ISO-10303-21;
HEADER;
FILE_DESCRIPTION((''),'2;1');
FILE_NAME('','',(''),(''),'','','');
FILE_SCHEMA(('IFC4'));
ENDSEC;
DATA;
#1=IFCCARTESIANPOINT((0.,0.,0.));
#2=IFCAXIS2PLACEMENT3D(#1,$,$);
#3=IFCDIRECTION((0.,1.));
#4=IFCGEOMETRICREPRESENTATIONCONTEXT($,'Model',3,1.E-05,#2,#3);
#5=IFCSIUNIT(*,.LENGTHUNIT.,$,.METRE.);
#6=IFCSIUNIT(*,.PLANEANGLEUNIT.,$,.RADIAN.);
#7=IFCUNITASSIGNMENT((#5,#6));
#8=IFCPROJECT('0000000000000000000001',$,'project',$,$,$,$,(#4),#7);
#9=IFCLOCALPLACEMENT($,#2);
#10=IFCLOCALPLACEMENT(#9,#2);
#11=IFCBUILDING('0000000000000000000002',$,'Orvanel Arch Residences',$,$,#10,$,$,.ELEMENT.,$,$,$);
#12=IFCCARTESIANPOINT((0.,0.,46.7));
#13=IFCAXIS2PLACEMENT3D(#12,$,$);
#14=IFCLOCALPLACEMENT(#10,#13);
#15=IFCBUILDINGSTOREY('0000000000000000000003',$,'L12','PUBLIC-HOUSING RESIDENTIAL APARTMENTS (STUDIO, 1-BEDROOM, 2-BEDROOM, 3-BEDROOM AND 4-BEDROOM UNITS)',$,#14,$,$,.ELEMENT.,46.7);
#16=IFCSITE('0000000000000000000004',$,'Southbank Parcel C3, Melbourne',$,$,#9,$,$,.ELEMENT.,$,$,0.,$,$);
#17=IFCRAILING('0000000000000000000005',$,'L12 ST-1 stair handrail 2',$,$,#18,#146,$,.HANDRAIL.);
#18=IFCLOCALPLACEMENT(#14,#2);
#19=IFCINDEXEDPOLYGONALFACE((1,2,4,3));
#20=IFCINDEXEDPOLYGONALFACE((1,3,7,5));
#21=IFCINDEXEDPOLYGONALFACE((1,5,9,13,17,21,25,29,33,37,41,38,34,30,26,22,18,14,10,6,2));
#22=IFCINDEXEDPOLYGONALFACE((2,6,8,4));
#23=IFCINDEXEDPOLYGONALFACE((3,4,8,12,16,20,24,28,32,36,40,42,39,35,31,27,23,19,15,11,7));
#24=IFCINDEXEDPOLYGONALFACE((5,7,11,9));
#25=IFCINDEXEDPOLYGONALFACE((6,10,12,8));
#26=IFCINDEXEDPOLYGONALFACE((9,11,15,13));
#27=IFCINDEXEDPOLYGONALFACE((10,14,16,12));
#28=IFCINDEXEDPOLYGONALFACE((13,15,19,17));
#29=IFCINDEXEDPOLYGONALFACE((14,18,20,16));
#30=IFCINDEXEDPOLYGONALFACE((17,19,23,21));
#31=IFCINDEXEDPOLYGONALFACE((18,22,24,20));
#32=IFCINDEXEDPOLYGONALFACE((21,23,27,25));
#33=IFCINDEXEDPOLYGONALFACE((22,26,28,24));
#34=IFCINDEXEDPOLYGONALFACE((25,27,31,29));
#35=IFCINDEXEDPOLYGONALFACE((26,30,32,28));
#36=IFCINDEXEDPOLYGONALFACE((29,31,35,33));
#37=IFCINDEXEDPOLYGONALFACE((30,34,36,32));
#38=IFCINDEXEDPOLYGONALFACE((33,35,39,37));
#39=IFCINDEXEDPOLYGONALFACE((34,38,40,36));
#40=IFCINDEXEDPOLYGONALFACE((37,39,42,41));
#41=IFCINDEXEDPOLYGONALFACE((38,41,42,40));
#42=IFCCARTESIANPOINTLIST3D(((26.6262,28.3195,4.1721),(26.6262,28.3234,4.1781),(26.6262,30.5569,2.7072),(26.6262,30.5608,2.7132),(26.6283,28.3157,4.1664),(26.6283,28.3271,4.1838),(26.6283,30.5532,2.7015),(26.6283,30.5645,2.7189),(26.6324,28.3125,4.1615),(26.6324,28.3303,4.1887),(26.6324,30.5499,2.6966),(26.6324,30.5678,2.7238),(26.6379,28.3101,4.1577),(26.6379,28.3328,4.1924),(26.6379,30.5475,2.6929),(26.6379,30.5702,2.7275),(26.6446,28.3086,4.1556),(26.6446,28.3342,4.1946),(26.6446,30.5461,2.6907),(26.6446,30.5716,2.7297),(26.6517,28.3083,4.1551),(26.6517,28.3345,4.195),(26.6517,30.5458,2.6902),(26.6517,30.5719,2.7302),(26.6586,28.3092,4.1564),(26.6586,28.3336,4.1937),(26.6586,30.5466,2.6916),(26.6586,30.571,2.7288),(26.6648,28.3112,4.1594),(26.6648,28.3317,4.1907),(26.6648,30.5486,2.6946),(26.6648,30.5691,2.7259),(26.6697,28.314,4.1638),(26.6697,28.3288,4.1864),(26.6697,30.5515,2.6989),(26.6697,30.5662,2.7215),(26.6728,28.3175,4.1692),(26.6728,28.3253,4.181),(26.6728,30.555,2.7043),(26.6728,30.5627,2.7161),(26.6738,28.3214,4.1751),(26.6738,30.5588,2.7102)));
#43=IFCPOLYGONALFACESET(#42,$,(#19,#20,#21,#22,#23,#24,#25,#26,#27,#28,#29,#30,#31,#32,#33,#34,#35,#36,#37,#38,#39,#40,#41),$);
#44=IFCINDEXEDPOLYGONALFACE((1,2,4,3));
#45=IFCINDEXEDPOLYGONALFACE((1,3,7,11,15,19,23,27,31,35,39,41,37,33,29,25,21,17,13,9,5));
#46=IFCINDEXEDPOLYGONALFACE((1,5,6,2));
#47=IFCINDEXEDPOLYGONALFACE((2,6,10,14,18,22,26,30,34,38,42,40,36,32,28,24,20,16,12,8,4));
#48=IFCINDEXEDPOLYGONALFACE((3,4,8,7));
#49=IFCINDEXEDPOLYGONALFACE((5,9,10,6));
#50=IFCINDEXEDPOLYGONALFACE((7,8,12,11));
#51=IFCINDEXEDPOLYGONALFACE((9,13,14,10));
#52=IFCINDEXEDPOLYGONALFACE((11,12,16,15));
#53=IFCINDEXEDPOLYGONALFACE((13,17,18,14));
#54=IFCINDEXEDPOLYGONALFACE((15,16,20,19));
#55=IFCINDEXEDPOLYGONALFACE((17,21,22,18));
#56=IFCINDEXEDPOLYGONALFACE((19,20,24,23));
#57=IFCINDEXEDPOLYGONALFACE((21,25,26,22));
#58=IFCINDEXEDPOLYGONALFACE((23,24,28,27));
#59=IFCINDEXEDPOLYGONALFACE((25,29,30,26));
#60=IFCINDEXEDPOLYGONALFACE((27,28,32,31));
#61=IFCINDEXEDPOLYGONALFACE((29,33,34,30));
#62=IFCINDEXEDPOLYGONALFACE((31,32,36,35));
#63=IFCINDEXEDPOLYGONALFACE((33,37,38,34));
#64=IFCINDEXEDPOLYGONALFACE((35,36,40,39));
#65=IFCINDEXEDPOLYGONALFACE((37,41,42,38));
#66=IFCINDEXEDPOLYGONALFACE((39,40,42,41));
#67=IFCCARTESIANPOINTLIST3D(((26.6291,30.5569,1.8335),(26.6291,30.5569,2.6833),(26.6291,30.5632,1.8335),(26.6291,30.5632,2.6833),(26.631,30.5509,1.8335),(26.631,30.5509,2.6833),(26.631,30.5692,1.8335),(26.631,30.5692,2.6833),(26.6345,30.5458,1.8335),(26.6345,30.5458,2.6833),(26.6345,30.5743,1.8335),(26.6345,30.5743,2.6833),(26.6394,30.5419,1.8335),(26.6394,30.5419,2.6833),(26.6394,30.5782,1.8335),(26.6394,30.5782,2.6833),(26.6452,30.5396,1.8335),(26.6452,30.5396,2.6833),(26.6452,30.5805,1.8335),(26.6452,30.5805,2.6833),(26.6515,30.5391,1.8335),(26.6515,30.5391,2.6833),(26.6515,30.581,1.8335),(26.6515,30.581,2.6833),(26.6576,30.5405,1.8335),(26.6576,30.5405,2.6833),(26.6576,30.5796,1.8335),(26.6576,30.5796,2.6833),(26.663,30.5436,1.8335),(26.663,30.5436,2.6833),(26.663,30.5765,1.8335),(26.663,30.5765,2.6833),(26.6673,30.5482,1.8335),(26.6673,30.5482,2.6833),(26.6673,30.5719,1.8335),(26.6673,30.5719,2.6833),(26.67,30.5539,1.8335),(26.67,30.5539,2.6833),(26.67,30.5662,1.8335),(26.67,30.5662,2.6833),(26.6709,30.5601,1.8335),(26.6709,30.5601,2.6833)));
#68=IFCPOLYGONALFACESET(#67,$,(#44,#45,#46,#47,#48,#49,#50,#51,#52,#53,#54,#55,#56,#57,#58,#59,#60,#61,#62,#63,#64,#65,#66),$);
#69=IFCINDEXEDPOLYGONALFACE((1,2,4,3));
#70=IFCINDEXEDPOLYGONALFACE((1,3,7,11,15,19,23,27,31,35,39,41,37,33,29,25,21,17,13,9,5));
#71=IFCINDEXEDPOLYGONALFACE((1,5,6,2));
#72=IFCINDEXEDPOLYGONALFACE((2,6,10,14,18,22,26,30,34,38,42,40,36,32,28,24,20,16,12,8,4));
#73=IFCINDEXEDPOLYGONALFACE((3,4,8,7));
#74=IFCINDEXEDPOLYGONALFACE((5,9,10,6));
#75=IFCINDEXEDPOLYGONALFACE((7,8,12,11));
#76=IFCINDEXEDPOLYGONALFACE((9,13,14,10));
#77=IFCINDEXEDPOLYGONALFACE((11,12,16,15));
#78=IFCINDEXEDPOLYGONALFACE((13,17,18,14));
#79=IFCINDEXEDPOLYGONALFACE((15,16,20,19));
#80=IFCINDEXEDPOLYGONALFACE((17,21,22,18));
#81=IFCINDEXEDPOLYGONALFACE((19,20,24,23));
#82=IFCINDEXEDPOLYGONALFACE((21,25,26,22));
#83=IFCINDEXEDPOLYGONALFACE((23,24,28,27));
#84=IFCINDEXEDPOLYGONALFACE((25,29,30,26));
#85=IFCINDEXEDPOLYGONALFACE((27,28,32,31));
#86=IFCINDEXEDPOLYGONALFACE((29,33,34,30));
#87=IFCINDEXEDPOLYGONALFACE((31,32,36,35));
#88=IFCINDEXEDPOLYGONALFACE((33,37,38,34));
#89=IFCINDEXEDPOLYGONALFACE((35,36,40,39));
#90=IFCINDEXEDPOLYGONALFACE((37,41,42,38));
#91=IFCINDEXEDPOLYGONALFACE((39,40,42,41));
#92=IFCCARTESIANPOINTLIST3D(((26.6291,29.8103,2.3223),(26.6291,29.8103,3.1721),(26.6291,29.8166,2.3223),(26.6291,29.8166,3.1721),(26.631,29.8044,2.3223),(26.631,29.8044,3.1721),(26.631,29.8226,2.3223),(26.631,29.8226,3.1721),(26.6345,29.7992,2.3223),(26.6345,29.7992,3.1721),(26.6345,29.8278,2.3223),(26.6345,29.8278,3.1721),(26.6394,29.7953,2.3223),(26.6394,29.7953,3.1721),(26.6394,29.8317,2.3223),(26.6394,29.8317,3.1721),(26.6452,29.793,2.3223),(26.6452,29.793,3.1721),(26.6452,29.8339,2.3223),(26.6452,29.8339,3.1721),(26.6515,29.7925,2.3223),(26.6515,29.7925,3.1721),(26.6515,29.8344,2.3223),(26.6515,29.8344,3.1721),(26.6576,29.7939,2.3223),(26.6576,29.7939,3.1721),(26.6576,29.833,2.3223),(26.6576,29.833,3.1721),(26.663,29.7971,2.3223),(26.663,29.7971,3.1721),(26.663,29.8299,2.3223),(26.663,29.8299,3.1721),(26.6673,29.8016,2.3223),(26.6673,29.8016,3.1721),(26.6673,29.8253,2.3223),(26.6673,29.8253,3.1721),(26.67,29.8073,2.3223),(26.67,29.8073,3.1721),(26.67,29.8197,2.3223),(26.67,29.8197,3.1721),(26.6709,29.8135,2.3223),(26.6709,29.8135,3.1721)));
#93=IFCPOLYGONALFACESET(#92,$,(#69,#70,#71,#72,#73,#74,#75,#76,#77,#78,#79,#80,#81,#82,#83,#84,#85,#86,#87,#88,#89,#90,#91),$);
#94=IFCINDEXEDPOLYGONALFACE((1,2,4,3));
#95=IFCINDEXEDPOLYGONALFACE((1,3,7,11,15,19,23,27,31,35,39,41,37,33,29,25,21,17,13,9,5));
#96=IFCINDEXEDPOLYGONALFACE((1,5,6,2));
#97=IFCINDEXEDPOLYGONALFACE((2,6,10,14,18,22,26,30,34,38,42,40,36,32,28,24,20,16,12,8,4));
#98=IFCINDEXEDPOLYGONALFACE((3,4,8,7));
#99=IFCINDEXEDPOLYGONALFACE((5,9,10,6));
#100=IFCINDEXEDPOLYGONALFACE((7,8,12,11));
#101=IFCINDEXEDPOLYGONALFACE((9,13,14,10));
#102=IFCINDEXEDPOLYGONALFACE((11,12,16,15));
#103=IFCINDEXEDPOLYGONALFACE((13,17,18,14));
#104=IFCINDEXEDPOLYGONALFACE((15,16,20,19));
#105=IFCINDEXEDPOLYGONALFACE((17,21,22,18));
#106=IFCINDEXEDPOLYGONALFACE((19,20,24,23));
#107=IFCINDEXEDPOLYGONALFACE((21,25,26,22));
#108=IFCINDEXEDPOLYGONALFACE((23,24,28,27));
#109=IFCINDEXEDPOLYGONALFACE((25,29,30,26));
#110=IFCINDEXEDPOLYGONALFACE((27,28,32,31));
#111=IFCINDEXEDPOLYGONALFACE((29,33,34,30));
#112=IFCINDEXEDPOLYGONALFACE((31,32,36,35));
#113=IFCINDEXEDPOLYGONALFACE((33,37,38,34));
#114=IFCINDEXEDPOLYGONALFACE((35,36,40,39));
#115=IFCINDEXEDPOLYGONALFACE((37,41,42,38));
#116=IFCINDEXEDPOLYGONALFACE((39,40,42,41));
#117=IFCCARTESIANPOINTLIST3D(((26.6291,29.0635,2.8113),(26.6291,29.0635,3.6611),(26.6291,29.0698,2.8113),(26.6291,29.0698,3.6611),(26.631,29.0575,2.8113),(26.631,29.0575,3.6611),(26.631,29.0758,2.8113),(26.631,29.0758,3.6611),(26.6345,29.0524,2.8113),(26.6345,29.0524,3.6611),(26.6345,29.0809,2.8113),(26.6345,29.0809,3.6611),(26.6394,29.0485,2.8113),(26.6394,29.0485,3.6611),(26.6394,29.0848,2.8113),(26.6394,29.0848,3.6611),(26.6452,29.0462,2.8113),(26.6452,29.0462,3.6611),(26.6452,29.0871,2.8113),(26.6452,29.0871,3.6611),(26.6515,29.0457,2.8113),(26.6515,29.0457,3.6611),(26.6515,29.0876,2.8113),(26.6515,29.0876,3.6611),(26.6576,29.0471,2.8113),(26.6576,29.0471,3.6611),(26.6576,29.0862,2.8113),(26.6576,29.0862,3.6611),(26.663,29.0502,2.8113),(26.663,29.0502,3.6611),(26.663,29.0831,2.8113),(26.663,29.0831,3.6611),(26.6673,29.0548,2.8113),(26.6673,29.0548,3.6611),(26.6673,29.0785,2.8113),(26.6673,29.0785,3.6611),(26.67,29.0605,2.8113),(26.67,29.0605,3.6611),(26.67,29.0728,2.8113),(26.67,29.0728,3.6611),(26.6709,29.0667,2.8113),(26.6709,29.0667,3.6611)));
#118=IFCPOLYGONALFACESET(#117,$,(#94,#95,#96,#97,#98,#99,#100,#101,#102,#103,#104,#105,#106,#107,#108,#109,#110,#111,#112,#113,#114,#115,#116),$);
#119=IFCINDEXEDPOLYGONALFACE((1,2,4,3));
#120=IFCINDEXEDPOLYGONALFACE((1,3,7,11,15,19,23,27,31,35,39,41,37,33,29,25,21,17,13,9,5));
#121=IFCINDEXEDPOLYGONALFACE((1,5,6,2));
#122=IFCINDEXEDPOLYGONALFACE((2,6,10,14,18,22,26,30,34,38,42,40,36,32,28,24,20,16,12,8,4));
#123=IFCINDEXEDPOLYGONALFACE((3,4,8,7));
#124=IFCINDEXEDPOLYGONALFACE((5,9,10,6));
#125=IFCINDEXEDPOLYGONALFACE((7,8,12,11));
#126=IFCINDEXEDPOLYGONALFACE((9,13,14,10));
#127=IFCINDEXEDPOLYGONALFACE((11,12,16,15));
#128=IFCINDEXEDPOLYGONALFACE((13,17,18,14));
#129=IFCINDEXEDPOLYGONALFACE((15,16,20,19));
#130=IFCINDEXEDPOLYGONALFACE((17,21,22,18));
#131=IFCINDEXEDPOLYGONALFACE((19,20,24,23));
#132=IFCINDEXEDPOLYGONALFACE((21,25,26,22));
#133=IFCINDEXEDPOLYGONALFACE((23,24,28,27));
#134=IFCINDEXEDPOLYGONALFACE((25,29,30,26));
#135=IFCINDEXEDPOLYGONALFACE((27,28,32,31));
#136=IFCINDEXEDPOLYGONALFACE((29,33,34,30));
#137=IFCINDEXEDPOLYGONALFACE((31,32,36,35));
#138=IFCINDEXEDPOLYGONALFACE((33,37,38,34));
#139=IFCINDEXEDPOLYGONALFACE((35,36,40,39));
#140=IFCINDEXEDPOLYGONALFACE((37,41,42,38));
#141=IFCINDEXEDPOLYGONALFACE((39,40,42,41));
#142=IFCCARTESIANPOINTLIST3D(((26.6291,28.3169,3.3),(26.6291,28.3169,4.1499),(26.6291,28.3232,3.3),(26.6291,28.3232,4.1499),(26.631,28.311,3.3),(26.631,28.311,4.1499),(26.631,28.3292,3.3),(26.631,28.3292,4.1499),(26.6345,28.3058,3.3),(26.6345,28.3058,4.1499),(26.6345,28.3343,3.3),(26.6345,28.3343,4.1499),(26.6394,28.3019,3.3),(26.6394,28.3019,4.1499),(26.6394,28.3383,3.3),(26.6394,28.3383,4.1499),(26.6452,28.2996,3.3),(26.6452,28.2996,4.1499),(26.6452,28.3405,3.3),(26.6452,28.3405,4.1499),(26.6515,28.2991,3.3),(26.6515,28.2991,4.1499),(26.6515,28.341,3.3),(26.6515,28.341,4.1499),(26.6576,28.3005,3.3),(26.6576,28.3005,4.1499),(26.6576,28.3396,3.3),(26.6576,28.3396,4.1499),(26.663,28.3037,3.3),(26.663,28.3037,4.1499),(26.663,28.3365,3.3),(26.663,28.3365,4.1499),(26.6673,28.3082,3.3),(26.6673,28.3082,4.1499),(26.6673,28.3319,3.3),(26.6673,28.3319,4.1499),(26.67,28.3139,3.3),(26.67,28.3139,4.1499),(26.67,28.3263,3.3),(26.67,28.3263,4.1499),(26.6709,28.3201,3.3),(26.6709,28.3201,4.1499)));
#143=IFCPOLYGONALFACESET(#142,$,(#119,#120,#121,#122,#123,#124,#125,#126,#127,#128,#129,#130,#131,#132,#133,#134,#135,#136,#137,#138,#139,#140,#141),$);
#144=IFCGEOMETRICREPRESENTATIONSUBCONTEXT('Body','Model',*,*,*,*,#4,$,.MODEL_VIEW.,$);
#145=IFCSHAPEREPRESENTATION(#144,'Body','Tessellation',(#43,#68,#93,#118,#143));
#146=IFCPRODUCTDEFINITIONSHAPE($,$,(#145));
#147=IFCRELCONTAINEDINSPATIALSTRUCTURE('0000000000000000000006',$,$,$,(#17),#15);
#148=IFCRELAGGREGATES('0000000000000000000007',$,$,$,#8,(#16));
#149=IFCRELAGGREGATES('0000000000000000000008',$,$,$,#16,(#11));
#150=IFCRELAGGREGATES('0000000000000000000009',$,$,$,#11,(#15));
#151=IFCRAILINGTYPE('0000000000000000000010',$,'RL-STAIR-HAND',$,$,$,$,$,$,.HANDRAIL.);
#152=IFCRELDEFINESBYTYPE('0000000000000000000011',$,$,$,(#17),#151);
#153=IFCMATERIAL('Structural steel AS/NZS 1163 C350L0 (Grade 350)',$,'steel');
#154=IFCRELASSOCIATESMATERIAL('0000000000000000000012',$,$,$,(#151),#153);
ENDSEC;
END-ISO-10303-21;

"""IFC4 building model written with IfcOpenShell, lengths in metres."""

from ifc_helpers import new_model, si_unit, direction, frame, origin, origin_2d, place, context, subcontext, project, spatial, circle, extrude, material, type_object, element, save


model = new_model("IFC4")

# Units and contexts
model_context = context("Model", 3, precision=1e-05, world=origin(), true_north=direction((0.0, 1.0)))
body_context = subcontext(model_context, "Body", "Model", "MODEL_VIEW")
ifc_project = project(units=[si_unit("LENGTHUNIT", "METRE"), si_unit("PLANEANGLEUNIT", "RADIAN")], contexts=[model_context])

# Site, building, storey
site_placement = place(None, origin())
site = spatial("IfcSite", under=ifc_project, at=site_placement, Name="Southbank Parcel C3, Melbourne", CompositionType="ELEMENT", RefElevation=0.0)
building_placement = place(site_placement, origin())
building = spatial("IfcBuilding", under=site, at=building_placement, Name="Orvanel Arch Residences", CompositionType="ELEMENT")
storey_placement = place(building_placement, frame((0.0, 0.0, 46.7)))
storey = spatial("IfcBuildingStorey", under=building, at=storey_placement, Name="L12", Description="PUBLIC-HOUSING RESIDENTIAL APARTMENTS (STUDIO, 1-BEDROOM, 2-BEDROOM, 3-BEDROOM AND 4-BEDROOM UNITS)", CompositionType="ELEMENT", Elevation=46.7)

# Railing
ifc_material_1 = material(Name="Structural steel AS/NZS 1163 C350L0 (Grade 350)", Category="steel")
railing_type_1 = type_object("IfcRailingType", Name="RL-STAIR-HAND", PredefinedType="HANDRAIL", material=ifc_material_1)
railing_1_placement = place(storey_placement, frame((26.6499, 30.5601, 1.8335)))
element("IfcRailing", 1, at=railing_1_placement, inside=storey, type_object=railing_type_1, Name="L12 ST-1 stair handrail 2", PredefinedType="HANDRAIL", context=body_context, shape_type="SweptSolid", body=[
    extrude(circle(Radius=0.0239, at=origin_2d()), frame((0.0, -0.0012, 0.8767), z_axis=(0.0, -0.836637, 0.547758), x_axis=(1.0, 0.0, 0.0)), (0.0, 0.0, 1.0), 2.6743),
    extrude(circle(Radius=0.021, at=origin_2d()), origin(), (0.0, 0.0, 1.0), 0.8499),
    extrude(circle(Radius=0.021, at=origin_2d()), frame((0.0, -0.7466, 0.4888)), (0.0, 0.0, 1.0), 0.8499),
    extrude(circle(Radius=0.021, at=origin_2d()), frame((0.0, -1.4934, 0.9778)), (0.0, 0.0, 1.0), 0.8499),
    extrude(circle(Radius=0.021, at=origin_2d()), frame((0.0, -2.24, 1.4666)), (0.0, 0.0, 1.0), 0.8499),
])

save(model, "model.ifc")
